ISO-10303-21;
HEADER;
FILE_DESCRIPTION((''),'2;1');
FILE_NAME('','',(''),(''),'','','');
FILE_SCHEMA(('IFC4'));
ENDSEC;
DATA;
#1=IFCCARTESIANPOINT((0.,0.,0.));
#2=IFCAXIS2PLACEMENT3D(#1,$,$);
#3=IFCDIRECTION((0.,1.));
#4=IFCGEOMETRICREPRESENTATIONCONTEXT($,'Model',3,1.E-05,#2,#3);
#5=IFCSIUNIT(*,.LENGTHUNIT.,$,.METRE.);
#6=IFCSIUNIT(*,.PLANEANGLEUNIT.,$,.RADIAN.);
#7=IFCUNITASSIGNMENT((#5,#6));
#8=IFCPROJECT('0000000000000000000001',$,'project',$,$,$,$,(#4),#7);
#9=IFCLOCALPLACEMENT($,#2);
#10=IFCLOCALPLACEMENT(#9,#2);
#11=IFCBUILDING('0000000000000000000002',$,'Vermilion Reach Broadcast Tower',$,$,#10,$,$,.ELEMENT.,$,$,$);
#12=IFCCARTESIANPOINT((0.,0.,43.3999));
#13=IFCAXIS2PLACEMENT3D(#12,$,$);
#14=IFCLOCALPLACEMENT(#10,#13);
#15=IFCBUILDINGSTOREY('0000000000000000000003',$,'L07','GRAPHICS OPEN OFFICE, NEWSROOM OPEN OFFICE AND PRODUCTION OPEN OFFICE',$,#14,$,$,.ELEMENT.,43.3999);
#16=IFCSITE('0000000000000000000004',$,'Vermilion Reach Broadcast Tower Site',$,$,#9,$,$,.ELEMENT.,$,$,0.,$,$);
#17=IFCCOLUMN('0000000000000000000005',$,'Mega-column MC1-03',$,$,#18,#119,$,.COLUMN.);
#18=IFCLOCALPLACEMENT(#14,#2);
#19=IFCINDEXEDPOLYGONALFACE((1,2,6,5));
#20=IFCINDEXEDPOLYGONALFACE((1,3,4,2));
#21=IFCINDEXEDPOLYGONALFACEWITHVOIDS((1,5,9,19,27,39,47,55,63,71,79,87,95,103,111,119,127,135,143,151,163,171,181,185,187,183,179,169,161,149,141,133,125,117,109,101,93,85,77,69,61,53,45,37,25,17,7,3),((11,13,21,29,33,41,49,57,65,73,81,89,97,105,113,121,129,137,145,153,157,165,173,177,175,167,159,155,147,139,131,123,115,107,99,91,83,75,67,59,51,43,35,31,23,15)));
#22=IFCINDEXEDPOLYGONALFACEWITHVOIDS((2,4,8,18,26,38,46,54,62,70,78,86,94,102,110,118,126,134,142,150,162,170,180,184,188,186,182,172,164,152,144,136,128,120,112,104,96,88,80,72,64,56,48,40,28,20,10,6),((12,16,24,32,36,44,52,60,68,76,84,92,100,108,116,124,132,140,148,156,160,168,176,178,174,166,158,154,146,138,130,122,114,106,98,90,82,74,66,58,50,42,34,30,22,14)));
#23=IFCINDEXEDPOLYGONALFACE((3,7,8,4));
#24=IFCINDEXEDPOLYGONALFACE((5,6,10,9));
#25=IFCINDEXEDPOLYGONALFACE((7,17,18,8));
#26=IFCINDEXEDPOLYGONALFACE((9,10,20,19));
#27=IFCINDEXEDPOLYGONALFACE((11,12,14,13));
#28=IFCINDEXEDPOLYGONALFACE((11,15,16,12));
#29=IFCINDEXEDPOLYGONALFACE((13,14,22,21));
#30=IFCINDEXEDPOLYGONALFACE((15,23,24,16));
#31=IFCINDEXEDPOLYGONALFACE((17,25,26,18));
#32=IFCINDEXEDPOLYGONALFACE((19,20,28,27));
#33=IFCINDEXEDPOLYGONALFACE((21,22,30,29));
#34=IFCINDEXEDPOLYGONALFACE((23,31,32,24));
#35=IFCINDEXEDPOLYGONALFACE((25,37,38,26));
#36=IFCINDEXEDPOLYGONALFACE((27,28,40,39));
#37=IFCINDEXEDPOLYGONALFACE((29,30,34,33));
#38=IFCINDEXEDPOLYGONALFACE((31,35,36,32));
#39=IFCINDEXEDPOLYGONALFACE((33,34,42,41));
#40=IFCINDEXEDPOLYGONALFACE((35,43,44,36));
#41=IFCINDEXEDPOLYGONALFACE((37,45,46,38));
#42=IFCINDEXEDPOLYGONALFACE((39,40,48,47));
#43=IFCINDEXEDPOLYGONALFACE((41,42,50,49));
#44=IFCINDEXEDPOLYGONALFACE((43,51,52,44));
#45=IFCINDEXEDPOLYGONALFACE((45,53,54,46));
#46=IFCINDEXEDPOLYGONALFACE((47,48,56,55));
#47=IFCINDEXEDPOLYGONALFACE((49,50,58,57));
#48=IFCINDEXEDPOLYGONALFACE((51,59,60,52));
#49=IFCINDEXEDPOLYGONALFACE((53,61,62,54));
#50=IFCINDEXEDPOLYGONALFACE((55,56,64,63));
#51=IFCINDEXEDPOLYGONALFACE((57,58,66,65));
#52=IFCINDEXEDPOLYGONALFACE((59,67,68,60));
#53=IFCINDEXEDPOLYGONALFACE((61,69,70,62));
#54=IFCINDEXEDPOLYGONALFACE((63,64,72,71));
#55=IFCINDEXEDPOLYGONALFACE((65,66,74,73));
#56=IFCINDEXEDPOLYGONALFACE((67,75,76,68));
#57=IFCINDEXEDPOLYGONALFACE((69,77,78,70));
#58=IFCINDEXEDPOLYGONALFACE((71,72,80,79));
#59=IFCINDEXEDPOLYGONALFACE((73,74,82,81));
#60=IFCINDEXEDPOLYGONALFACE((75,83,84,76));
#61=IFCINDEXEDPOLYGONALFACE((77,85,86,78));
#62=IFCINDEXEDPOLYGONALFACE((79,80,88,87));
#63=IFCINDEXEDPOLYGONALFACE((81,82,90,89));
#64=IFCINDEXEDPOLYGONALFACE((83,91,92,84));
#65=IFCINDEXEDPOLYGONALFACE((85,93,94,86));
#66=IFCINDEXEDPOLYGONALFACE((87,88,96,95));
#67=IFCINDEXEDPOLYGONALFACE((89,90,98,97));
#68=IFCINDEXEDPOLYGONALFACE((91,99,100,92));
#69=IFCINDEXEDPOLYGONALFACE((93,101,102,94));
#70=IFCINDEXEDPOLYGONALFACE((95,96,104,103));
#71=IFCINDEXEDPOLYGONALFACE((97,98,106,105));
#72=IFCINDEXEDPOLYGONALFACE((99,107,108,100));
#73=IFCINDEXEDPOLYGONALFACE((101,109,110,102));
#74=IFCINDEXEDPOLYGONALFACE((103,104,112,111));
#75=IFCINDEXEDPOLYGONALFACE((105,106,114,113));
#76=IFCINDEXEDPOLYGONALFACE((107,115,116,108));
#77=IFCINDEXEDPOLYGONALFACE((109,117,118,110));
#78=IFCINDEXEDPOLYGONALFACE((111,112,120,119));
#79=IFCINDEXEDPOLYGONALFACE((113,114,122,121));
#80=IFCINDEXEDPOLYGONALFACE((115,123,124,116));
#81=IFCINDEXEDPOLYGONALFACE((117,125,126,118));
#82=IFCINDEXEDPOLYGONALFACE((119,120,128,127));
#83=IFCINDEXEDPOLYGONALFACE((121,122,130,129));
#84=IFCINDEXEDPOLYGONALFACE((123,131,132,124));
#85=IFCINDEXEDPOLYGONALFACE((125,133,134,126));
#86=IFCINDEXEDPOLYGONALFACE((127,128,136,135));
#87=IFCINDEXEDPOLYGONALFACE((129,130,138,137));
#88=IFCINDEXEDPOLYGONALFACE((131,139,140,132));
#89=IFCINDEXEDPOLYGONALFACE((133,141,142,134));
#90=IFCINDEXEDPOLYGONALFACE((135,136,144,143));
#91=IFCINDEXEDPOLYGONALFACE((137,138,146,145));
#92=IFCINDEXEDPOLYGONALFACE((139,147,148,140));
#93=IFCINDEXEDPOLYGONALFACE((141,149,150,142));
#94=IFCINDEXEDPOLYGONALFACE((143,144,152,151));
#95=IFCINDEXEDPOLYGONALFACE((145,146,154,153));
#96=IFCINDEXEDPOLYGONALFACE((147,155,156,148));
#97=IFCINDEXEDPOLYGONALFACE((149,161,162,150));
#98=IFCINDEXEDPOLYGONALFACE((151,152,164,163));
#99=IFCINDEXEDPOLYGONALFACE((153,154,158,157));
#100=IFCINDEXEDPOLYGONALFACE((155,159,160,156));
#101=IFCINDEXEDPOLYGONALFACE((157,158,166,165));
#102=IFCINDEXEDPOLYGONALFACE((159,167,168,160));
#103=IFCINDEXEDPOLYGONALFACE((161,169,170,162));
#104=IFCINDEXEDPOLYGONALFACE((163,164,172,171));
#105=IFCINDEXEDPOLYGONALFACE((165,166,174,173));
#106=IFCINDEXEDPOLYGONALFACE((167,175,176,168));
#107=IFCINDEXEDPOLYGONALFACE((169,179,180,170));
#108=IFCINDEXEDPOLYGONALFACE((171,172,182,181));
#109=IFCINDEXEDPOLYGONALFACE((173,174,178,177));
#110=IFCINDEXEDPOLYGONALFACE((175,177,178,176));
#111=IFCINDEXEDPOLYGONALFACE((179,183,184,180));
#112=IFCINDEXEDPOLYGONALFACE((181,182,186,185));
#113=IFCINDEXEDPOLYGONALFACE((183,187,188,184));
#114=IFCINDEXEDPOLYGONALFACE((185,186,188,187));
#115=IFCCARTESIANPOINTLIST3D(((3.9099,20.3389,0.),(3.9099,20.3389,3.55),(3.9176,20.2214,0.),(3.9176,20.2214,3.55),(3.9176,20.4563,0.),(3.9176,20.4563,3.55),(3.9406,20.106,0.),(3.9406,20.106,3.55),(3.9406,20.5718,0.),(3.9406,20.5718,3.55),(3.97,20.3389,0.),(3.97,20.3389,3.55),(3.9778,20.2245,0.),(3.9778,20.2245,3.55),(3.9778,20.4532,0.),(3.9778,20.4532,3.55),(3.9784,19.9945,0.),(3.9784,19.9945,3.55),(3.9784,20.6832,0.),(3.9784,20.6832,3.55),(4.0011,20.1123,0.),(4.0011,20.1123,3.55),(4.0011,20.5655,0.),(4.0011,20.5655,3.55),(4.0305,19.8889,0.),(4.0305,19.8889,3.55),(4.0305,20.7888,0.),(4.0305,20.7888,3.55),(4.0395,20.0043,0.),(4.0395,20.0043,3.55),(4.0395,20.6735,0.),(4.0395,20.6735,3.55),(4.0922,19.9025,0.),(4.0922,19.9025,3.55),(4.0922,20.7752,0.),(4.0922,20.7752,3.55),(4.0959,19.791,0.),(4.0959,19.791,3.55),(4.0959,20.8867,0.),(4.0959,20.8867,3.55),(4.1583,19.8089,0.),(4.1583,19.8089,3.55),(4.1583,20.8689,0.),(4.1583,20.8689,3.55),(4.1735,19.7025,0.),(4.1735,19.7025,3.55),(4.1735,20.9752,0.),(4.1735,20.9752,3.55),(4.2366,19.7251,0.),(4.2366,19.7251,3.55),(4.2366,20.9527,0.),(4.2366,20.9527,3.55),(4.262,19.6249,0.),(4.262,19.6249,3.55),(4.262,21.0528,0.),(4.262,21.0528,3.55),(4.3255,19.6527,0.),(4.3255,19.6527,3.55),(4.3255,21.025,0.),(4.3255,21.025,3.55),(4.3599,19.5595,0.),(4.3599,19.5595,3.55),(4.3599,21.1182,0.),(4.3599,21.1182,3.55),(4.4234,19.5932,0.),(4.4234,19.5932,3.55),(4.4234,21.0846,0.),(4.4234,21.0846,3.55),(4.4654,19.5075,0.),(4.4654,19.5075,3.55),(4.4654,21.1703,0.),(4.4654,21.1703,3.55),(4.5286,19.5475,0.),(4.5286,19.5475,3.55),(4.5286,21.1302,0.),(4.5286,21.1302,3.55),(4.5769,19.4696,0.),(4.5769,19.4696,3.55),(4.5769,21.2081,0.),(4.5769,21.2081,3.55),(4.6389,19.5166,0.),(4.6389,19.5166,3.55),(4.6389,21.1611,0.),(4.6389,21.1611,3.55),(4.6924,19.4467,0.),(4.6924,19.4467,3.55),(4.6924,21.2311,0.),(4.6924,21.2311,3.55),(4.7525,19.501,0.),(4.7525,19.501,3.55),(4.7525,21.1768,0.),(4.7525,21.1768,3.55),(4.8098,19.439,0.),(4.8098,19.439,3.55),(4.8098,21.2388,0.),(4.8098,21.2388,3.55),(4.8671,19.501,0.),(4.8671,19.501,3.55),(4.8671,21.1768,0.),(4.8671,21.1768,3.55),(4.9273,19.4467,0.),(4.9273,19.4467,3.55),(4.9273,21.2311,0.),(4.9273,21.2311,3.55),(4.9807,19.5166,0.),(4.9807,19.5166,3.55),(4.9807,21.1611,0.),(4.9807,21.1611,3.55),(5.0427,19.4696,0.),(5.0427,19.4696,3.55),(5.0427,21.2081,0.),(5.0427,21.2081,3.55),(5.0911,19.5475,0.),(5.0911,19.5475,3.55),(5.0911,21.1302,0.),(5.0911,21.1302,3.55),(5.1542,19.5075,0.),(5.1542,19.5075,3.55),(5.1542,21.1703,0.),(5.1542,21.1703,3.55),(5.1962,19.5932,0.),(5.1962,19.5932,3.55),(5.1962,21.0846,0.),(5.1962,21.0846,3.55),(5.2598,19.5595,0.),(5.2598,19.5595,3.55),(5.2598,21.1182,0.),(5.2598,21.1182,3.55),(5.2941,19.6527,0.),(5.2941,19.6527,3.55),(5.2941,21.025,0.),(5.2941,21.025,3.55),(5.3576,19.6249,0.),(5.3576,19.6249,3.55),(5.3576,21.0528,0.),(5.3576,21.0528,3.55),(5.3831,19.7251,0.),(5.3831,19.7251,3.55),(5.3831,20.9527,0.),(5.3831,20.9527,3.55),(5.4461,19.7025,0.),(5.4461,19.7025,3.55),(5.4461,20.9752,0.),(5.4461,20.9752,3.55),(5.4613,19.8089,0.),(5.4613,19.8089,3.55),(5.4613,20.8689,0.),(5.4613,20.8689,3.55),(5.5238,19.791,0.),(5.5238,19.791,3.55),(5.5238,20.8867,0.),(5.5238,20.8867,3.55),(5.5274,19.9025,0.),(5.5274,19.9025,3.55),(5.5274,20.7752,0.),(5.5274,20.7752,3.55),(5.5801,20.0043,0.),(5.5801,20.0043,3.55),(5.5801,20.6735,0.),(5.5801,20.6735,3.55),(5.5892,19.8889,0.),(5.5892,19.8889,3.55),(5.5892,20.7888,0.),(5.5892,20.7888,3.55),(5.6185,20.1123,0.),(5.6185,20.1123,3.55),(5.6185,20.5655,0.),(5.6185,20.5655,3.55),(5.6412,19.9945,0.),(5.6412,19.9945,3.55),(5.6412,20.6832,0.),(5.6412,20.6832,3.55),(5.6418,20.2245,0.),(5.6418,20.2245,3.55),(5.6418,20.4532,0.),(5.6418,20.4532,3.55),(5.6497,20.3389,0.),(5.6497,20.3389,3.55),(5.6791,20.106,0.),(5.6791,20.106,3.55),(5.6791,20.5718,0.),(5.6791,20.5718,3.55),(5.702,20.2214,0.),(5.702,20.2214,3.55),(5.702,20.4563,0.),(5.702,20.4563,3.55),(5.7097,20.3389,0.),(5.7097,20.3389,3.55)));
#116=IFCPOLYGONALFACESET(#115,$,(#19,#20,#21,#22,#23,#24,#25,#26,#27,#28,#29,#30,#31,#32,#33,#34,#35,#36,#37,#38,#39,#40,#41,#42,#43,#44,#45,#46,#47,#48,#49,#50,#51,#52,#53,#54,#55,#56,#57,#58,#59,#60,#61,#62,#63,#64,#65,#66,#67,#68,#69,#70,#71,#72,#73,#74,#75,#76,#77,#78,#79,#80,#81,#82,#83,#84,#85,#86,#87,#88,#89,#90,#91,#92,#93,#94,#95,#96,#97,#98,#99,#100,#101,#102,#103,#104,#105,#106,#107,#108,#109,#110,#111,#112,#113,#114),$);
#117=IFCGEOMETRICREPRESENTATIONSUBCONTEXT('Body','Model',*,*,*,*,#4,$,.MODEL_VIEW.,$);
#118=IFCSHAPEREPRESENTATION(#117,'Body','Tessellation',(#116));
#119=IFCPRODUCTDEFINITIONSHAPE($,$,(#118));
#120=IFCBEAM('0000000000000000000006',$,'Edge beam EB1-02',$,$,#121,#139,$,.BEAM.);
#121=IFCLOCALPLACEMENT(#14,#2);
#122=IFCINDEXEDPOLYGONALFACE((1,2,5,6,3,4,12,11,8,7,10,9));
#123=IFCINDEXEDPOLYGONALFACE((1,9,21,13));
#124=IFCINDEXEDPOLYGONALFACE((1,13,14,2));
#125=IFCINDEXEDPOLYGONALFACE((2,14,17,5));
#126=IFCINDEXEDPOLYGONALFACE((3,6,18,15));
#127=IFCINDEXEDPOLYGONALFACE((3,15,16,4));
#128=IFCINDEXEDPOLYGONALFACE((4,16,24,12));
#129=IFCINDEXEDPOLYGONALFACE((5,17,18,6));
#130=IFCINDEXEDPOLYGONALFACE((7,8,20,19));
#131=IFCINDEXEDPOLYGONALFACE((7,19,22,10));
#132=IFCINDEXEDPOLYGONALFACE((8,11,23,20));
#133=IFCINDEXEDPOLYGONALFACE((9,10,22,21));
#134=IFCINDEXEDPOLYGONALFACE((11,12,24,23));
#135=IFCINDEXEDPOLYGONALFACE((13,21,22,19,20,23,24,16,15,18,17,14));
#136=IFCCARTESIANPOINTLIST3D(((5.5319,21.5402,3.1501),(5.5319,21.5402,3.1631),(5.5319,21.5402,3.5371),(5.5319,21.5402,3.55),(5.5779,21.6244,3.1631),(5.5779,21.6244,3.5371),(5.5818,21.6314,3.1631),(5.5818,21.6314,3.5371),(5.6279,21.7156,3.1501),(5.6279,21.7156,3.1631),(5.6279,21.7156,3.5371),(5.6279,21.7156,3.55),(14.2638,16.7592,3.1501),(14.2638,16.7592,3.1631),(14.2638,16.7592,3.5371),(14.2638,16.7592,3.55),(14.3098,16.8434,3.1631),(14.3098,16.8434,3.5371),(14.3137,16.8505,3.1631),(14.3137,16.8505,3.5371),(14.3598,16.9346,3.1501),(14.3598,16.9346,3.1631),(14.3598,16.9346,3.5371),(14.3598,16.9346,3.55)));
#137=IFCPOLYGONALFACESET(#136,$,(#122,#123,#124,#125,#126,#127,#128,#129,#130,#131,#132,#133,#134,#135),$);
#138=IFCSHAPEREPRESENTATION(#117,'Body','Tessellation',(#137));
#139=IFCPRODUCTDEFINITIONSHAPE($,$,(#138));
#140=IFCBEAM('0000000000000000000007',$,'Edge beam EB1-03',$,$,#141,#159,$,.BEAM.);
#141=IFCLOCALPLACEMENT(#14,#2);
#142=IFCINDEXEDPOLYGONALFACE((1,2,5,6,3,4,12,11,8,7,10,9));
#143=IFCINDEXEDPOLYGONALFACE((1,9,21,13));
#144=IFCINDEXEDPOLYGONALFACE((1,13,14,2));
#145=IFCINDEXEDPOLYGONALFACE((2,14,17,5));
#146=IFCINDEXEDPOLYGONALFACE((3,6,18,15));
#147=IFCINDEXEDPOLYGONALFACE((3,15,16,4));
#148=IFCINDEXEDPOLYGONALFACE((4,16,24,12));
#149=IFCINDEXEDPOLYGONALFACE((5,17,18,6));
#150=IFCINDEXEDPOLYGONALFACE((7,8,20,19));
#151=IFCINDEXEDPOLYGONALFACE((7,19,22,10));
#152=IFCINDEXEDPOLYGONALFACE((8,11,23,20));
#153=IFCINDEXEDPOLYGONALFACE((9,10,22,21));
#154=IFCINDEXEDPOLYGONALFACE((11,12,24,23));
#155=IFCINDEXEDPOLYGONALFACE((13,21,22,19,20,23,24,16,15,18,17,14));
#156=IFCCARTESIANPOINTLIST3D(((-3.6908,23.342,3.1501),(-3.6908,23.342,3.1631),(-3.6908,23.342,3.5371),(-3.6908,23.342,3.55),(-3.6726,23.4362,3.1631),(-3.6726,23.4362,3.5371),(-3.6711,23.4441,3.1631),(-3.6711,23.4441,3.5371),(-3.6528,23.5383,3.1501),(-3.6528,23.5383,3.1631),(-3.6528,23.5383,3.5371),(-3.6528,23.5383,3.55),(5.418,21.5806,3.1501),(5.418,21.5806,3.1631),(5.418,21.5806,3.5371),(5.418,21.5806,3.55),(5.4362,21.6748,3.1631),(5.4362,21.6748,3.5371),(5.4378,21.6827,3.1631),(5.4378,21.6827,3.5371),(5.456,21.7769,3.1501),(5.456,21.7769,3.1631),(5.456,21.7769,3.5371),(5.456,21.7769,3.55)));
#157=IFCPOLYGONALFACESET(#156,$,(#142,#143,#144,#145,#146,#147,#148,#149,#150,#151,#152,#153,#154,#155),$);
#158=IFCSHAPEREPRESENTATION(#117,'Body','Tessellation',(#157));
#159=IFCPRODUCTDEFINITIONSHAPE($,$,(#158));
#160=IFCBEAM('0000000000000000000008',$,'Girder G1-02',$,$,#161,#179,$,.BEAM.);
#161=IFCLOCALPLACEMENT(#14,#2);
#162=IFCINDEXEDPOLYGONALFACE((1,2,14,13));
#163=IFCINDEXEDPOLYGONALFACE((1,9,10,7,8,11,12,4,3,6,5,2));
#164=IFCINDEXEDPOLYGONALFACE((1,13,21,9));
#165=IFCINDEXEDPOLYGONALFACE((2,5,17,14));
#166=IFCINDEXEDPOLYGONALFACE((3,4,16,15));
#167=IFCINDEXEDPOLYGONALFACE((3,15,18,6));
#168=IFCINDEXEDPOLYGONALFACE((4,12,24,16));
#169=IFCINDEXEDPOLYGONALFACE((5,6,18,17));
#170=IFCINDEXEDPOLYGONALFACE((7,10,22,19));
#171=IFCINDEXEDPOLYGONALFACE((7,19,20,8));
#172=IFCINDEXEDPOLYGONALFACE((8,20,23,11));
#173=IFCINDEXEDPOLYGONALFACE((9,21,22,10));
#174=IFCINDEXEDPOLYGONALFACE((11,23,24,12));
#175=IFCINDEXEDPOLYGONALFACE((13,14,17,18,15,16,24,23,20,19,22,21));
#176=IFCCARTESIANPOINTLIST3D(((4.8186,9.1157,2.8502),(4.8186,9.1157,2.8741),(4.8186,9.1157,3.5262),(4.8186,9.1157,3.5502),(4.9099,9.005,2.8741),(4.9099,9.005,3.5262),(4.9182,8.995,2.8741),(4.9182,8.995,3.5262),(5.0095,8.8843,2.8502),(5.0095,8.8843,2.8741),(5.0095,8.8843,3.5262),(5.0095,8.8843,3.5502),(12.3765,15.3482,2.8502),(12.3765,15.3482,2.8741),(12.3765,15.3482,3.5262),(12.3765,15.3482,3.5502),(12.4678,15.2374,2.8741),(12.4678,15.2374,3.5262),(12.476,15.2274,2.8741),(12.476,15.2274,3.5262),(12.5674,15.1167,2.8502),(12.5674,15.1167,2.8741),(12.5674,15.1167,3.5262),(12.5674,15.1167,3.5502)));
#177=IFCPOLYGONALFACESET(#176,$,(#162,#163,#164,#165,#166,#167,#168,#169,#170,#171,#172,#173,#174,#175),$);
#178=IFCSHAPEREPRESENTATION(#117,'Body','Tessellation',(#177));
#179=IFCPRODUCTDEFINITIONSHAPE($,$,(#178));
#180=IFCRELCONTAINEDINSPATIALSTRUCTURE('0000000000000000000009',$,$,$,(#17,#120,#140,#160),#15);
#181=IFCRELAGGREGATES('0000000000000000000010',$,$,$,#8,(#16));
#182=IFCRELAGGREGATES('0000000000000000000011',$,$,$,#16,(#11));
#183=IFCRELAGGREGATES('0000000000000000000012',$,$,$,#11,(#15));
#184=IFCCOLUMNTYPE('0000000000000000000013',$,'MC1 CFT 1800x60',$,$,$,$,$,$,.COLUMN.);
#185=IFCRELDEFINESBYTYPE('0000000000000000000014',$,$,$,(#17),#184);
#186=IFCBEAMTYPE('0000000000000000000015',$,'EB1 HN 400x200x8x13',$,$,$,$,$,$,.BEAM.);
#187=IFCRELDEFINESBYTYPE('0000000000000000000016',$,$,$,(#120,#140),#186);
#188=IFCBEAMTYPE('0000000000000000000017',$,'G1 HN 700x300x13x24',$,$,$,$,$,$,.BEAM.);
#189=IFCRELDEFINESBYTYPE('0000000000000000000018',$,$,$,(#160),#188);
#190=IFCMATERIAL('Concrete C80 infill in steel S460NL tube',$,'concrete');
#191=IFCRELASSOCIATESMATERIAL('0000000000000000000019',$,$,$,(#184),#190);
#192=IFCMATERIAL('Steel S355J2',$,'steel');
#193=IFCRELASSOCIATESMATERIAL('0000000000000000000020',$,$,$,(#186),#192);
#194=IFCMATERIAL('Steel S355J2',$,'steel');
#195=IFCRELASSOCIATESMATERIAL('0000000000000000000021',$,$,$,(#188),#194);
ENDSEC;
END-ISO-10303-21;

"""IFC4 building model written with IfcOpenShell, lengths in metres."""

from ifc_helpers import new_model, si_unit, direction, frame, origin, origin_2d, place, context, subcontext, project, spatial, hollow_circle, i_section, extrude, material, material_profile, profile_set, type_object, element, save


model = new_model("IFC4")

# Units and contexts
model_context = context("Model", 3, precision=1e-05, world=origin(), true_north=direction((0.0, 1.0)))
body_context = subcontext(model_context, "Body", "Model", "MODEL_VIEW")
ifc_project = project(units=[si_unit("LENGTHUNIT", "METRE"), si_unit("PLANEANGLEUNIT", "RADIAN")], contexts=[model_context])

# Site, building, storey
site_placement = place(None, origin())
site = spatial("IfcSite", under=ifc_project, at=site_placement, Name="Vermilion Reach Broadcast Tower Site", CompositionType="ELEMENT", RefElevation=0.0)
building_placement = place(site_placement, origin())
building = spatial("IfcBuilding", under=site, at=building_placement, Name="Vermilion Reach Broadcast Tower", CompositionType="ELEMENT")
storey_placement = place(building_placement, frame((0.0, 0.0, 43.3999)))
storey = spatial("IfcBuildingStorey", under=building, at=storey_placement, Name="L07", Description="GRAPHICS OPEN OFFICE, NEWSROOM OPEN OFFICE AND PRODUCTION OPEN OFFICE", CompositionType="ELEMENT", Elevation=43.3999)

# Column
ifc_material_1 = material(Name="Concrete C80 infill in steel S460NL tube", Category="concrete")
ifc_material_profile_1 = material_profile(ifc_material_1, hollow_circle(Radius=0.8999, WallThickness=0.0601, at=origin_2d()), Name="Concrete C80 infill in steel S460NL tube CFT 1800x60")
ifc_profile_set_1 = profile_set([ifc_material_profile_1], Name="Concrete C80 infill in steel S460NL tube")
column_type = type_object("IfcColumnType", Name="MC1 CFT 1800x60", PredefinedType="COLUMN", material=ifc_profile_set_1)
for number, where, z_axis, x_axis, name in (
    (1, (4.8098, 20.3389, 0.0), (0.0, 0.0, 1.0), (1.0, 0.0, 0.0), "Mega-column MC1-03"),
):
    element("IfcColumn", number, at=place(storey_placement, frame(where, z_axis=z_axis, x_axis=x_axis)), inside=storey, type_object=column_type, Name=name, PredefinedType="COLUMN", context=body_context, shape_type="SweptSolid", body=[
        extrude(hollow_circle(Radius=0.8999, WallThickness=0.0601, at=origin_2d()), origin(), (0.0, 0.0, 1.0), 3.55),
    ])

# Beams
ifc_material_2 = material(Name="Steel S355J2", Category="steel")
ifc_material_profile_2 = material_profile(ifc_material_2, i_section(OverallWidth=0.2, OverallDepth=0.3999, WebThickness=0.0081, FlangeThickness=0.0129, at=origin_2d()), Name="S355J2 HN 400x200x8x13")
ifc_profile_set_2 = profile_set([ifc_material_profile_2], Name="Steel S355J2")
beam_type_1 = type_object("IfcBeamType", Name="EB1 HN 400x200x8x13", PredefinedType="BEAM", material=ifc_profile_set_2)
beam_1_placement = place(storey_placement, frame((14.3118, 16.8469, 3.3501), z_axis=(-0.877129, 0.480255, 0.0), x_axis=(-0.480255, -0.877129, 0.0)))
element("IfcBeam", 2, at=beam_1_placement, inside=storey, type_object=beam_type_1, Name="Edge beam EB1-02", PredefinedType="BEAM", context=body_context, shape_type="SweptSolid", body=[
    extrude(i_section(OverallWidth=0.2, OverallDepth=0.3999, WebThickness=0.0081, FlangeThickness=0.0129, at=origin_2d()), origin(), (0.0, 0.0, 1.0), 9.9551),
])
beam_2_placement = place(storey_placement, frame((5.437, 21.6787, 3.3501), z_axis=(-0.981811, 0.189862, 0.0), x_axis=(-0.189862, -0.981811, 0.0)))
element("IfcBeam", 3, at=beam_2_placement, inside=storey, type_object=beam_type_1, Name="Edge beam EB1-03", PredefinedType="BEAM", context=body_context, shape_type="SweptSolid", body=[
    extrude(i_section(OverallWidth=0.2, OverallDepth=0.3999, WebThickness=0.0081, FlangeThickness=0.0129, at=origin_2d()), origin(), (0.0, 0.0, 1.0), 9.2776),
])
ifc_material_3 = material(Name="Steel S355J2", Category="steel")
ifc_material_profile_3 = material_profile(ifc_material_3, i_section(OverallWidth=0.3, OverallDepth=0.7, WebThickness=0.0129, FlangeThickness=0.0239, at=origin_2d()), Name="S355J2 HN 700x300x13x24")
ifc_profile_set_3 = profile_set([ifc_material_profile_3], Name="Steel S355J2")
beam_type_2 = type_object("IfcBeamType", Name="G1 HN 700x300x13x24", PredefinedType="BEAM", material=ifc_profile_set_3)
beam_3_placement = place(storey_placement, frame((4.9141, 9.0, 3.2002), z_axis=(0.771514, 0.636212, 0.0), x_axis=(-0.636212, 0.771514, 0.0)))
element("IfcBeam", 4, at=beam_3_placement, inside=storey, type_object=beam_type_2, Name="Girder G1-02", PredefinedType="BEAM", context=body_context, shape_type="SweptSolid", body=[
    extrude(i_section(OverallWidth=0.3, OverallDepth=0.7, WebThickness=0.0129, FlangeThickness=0.0239, at=origin_2d()), origin(), (0.0, 0.0, 1.0), 9.7961),
])

save(model, "model.ifc")
